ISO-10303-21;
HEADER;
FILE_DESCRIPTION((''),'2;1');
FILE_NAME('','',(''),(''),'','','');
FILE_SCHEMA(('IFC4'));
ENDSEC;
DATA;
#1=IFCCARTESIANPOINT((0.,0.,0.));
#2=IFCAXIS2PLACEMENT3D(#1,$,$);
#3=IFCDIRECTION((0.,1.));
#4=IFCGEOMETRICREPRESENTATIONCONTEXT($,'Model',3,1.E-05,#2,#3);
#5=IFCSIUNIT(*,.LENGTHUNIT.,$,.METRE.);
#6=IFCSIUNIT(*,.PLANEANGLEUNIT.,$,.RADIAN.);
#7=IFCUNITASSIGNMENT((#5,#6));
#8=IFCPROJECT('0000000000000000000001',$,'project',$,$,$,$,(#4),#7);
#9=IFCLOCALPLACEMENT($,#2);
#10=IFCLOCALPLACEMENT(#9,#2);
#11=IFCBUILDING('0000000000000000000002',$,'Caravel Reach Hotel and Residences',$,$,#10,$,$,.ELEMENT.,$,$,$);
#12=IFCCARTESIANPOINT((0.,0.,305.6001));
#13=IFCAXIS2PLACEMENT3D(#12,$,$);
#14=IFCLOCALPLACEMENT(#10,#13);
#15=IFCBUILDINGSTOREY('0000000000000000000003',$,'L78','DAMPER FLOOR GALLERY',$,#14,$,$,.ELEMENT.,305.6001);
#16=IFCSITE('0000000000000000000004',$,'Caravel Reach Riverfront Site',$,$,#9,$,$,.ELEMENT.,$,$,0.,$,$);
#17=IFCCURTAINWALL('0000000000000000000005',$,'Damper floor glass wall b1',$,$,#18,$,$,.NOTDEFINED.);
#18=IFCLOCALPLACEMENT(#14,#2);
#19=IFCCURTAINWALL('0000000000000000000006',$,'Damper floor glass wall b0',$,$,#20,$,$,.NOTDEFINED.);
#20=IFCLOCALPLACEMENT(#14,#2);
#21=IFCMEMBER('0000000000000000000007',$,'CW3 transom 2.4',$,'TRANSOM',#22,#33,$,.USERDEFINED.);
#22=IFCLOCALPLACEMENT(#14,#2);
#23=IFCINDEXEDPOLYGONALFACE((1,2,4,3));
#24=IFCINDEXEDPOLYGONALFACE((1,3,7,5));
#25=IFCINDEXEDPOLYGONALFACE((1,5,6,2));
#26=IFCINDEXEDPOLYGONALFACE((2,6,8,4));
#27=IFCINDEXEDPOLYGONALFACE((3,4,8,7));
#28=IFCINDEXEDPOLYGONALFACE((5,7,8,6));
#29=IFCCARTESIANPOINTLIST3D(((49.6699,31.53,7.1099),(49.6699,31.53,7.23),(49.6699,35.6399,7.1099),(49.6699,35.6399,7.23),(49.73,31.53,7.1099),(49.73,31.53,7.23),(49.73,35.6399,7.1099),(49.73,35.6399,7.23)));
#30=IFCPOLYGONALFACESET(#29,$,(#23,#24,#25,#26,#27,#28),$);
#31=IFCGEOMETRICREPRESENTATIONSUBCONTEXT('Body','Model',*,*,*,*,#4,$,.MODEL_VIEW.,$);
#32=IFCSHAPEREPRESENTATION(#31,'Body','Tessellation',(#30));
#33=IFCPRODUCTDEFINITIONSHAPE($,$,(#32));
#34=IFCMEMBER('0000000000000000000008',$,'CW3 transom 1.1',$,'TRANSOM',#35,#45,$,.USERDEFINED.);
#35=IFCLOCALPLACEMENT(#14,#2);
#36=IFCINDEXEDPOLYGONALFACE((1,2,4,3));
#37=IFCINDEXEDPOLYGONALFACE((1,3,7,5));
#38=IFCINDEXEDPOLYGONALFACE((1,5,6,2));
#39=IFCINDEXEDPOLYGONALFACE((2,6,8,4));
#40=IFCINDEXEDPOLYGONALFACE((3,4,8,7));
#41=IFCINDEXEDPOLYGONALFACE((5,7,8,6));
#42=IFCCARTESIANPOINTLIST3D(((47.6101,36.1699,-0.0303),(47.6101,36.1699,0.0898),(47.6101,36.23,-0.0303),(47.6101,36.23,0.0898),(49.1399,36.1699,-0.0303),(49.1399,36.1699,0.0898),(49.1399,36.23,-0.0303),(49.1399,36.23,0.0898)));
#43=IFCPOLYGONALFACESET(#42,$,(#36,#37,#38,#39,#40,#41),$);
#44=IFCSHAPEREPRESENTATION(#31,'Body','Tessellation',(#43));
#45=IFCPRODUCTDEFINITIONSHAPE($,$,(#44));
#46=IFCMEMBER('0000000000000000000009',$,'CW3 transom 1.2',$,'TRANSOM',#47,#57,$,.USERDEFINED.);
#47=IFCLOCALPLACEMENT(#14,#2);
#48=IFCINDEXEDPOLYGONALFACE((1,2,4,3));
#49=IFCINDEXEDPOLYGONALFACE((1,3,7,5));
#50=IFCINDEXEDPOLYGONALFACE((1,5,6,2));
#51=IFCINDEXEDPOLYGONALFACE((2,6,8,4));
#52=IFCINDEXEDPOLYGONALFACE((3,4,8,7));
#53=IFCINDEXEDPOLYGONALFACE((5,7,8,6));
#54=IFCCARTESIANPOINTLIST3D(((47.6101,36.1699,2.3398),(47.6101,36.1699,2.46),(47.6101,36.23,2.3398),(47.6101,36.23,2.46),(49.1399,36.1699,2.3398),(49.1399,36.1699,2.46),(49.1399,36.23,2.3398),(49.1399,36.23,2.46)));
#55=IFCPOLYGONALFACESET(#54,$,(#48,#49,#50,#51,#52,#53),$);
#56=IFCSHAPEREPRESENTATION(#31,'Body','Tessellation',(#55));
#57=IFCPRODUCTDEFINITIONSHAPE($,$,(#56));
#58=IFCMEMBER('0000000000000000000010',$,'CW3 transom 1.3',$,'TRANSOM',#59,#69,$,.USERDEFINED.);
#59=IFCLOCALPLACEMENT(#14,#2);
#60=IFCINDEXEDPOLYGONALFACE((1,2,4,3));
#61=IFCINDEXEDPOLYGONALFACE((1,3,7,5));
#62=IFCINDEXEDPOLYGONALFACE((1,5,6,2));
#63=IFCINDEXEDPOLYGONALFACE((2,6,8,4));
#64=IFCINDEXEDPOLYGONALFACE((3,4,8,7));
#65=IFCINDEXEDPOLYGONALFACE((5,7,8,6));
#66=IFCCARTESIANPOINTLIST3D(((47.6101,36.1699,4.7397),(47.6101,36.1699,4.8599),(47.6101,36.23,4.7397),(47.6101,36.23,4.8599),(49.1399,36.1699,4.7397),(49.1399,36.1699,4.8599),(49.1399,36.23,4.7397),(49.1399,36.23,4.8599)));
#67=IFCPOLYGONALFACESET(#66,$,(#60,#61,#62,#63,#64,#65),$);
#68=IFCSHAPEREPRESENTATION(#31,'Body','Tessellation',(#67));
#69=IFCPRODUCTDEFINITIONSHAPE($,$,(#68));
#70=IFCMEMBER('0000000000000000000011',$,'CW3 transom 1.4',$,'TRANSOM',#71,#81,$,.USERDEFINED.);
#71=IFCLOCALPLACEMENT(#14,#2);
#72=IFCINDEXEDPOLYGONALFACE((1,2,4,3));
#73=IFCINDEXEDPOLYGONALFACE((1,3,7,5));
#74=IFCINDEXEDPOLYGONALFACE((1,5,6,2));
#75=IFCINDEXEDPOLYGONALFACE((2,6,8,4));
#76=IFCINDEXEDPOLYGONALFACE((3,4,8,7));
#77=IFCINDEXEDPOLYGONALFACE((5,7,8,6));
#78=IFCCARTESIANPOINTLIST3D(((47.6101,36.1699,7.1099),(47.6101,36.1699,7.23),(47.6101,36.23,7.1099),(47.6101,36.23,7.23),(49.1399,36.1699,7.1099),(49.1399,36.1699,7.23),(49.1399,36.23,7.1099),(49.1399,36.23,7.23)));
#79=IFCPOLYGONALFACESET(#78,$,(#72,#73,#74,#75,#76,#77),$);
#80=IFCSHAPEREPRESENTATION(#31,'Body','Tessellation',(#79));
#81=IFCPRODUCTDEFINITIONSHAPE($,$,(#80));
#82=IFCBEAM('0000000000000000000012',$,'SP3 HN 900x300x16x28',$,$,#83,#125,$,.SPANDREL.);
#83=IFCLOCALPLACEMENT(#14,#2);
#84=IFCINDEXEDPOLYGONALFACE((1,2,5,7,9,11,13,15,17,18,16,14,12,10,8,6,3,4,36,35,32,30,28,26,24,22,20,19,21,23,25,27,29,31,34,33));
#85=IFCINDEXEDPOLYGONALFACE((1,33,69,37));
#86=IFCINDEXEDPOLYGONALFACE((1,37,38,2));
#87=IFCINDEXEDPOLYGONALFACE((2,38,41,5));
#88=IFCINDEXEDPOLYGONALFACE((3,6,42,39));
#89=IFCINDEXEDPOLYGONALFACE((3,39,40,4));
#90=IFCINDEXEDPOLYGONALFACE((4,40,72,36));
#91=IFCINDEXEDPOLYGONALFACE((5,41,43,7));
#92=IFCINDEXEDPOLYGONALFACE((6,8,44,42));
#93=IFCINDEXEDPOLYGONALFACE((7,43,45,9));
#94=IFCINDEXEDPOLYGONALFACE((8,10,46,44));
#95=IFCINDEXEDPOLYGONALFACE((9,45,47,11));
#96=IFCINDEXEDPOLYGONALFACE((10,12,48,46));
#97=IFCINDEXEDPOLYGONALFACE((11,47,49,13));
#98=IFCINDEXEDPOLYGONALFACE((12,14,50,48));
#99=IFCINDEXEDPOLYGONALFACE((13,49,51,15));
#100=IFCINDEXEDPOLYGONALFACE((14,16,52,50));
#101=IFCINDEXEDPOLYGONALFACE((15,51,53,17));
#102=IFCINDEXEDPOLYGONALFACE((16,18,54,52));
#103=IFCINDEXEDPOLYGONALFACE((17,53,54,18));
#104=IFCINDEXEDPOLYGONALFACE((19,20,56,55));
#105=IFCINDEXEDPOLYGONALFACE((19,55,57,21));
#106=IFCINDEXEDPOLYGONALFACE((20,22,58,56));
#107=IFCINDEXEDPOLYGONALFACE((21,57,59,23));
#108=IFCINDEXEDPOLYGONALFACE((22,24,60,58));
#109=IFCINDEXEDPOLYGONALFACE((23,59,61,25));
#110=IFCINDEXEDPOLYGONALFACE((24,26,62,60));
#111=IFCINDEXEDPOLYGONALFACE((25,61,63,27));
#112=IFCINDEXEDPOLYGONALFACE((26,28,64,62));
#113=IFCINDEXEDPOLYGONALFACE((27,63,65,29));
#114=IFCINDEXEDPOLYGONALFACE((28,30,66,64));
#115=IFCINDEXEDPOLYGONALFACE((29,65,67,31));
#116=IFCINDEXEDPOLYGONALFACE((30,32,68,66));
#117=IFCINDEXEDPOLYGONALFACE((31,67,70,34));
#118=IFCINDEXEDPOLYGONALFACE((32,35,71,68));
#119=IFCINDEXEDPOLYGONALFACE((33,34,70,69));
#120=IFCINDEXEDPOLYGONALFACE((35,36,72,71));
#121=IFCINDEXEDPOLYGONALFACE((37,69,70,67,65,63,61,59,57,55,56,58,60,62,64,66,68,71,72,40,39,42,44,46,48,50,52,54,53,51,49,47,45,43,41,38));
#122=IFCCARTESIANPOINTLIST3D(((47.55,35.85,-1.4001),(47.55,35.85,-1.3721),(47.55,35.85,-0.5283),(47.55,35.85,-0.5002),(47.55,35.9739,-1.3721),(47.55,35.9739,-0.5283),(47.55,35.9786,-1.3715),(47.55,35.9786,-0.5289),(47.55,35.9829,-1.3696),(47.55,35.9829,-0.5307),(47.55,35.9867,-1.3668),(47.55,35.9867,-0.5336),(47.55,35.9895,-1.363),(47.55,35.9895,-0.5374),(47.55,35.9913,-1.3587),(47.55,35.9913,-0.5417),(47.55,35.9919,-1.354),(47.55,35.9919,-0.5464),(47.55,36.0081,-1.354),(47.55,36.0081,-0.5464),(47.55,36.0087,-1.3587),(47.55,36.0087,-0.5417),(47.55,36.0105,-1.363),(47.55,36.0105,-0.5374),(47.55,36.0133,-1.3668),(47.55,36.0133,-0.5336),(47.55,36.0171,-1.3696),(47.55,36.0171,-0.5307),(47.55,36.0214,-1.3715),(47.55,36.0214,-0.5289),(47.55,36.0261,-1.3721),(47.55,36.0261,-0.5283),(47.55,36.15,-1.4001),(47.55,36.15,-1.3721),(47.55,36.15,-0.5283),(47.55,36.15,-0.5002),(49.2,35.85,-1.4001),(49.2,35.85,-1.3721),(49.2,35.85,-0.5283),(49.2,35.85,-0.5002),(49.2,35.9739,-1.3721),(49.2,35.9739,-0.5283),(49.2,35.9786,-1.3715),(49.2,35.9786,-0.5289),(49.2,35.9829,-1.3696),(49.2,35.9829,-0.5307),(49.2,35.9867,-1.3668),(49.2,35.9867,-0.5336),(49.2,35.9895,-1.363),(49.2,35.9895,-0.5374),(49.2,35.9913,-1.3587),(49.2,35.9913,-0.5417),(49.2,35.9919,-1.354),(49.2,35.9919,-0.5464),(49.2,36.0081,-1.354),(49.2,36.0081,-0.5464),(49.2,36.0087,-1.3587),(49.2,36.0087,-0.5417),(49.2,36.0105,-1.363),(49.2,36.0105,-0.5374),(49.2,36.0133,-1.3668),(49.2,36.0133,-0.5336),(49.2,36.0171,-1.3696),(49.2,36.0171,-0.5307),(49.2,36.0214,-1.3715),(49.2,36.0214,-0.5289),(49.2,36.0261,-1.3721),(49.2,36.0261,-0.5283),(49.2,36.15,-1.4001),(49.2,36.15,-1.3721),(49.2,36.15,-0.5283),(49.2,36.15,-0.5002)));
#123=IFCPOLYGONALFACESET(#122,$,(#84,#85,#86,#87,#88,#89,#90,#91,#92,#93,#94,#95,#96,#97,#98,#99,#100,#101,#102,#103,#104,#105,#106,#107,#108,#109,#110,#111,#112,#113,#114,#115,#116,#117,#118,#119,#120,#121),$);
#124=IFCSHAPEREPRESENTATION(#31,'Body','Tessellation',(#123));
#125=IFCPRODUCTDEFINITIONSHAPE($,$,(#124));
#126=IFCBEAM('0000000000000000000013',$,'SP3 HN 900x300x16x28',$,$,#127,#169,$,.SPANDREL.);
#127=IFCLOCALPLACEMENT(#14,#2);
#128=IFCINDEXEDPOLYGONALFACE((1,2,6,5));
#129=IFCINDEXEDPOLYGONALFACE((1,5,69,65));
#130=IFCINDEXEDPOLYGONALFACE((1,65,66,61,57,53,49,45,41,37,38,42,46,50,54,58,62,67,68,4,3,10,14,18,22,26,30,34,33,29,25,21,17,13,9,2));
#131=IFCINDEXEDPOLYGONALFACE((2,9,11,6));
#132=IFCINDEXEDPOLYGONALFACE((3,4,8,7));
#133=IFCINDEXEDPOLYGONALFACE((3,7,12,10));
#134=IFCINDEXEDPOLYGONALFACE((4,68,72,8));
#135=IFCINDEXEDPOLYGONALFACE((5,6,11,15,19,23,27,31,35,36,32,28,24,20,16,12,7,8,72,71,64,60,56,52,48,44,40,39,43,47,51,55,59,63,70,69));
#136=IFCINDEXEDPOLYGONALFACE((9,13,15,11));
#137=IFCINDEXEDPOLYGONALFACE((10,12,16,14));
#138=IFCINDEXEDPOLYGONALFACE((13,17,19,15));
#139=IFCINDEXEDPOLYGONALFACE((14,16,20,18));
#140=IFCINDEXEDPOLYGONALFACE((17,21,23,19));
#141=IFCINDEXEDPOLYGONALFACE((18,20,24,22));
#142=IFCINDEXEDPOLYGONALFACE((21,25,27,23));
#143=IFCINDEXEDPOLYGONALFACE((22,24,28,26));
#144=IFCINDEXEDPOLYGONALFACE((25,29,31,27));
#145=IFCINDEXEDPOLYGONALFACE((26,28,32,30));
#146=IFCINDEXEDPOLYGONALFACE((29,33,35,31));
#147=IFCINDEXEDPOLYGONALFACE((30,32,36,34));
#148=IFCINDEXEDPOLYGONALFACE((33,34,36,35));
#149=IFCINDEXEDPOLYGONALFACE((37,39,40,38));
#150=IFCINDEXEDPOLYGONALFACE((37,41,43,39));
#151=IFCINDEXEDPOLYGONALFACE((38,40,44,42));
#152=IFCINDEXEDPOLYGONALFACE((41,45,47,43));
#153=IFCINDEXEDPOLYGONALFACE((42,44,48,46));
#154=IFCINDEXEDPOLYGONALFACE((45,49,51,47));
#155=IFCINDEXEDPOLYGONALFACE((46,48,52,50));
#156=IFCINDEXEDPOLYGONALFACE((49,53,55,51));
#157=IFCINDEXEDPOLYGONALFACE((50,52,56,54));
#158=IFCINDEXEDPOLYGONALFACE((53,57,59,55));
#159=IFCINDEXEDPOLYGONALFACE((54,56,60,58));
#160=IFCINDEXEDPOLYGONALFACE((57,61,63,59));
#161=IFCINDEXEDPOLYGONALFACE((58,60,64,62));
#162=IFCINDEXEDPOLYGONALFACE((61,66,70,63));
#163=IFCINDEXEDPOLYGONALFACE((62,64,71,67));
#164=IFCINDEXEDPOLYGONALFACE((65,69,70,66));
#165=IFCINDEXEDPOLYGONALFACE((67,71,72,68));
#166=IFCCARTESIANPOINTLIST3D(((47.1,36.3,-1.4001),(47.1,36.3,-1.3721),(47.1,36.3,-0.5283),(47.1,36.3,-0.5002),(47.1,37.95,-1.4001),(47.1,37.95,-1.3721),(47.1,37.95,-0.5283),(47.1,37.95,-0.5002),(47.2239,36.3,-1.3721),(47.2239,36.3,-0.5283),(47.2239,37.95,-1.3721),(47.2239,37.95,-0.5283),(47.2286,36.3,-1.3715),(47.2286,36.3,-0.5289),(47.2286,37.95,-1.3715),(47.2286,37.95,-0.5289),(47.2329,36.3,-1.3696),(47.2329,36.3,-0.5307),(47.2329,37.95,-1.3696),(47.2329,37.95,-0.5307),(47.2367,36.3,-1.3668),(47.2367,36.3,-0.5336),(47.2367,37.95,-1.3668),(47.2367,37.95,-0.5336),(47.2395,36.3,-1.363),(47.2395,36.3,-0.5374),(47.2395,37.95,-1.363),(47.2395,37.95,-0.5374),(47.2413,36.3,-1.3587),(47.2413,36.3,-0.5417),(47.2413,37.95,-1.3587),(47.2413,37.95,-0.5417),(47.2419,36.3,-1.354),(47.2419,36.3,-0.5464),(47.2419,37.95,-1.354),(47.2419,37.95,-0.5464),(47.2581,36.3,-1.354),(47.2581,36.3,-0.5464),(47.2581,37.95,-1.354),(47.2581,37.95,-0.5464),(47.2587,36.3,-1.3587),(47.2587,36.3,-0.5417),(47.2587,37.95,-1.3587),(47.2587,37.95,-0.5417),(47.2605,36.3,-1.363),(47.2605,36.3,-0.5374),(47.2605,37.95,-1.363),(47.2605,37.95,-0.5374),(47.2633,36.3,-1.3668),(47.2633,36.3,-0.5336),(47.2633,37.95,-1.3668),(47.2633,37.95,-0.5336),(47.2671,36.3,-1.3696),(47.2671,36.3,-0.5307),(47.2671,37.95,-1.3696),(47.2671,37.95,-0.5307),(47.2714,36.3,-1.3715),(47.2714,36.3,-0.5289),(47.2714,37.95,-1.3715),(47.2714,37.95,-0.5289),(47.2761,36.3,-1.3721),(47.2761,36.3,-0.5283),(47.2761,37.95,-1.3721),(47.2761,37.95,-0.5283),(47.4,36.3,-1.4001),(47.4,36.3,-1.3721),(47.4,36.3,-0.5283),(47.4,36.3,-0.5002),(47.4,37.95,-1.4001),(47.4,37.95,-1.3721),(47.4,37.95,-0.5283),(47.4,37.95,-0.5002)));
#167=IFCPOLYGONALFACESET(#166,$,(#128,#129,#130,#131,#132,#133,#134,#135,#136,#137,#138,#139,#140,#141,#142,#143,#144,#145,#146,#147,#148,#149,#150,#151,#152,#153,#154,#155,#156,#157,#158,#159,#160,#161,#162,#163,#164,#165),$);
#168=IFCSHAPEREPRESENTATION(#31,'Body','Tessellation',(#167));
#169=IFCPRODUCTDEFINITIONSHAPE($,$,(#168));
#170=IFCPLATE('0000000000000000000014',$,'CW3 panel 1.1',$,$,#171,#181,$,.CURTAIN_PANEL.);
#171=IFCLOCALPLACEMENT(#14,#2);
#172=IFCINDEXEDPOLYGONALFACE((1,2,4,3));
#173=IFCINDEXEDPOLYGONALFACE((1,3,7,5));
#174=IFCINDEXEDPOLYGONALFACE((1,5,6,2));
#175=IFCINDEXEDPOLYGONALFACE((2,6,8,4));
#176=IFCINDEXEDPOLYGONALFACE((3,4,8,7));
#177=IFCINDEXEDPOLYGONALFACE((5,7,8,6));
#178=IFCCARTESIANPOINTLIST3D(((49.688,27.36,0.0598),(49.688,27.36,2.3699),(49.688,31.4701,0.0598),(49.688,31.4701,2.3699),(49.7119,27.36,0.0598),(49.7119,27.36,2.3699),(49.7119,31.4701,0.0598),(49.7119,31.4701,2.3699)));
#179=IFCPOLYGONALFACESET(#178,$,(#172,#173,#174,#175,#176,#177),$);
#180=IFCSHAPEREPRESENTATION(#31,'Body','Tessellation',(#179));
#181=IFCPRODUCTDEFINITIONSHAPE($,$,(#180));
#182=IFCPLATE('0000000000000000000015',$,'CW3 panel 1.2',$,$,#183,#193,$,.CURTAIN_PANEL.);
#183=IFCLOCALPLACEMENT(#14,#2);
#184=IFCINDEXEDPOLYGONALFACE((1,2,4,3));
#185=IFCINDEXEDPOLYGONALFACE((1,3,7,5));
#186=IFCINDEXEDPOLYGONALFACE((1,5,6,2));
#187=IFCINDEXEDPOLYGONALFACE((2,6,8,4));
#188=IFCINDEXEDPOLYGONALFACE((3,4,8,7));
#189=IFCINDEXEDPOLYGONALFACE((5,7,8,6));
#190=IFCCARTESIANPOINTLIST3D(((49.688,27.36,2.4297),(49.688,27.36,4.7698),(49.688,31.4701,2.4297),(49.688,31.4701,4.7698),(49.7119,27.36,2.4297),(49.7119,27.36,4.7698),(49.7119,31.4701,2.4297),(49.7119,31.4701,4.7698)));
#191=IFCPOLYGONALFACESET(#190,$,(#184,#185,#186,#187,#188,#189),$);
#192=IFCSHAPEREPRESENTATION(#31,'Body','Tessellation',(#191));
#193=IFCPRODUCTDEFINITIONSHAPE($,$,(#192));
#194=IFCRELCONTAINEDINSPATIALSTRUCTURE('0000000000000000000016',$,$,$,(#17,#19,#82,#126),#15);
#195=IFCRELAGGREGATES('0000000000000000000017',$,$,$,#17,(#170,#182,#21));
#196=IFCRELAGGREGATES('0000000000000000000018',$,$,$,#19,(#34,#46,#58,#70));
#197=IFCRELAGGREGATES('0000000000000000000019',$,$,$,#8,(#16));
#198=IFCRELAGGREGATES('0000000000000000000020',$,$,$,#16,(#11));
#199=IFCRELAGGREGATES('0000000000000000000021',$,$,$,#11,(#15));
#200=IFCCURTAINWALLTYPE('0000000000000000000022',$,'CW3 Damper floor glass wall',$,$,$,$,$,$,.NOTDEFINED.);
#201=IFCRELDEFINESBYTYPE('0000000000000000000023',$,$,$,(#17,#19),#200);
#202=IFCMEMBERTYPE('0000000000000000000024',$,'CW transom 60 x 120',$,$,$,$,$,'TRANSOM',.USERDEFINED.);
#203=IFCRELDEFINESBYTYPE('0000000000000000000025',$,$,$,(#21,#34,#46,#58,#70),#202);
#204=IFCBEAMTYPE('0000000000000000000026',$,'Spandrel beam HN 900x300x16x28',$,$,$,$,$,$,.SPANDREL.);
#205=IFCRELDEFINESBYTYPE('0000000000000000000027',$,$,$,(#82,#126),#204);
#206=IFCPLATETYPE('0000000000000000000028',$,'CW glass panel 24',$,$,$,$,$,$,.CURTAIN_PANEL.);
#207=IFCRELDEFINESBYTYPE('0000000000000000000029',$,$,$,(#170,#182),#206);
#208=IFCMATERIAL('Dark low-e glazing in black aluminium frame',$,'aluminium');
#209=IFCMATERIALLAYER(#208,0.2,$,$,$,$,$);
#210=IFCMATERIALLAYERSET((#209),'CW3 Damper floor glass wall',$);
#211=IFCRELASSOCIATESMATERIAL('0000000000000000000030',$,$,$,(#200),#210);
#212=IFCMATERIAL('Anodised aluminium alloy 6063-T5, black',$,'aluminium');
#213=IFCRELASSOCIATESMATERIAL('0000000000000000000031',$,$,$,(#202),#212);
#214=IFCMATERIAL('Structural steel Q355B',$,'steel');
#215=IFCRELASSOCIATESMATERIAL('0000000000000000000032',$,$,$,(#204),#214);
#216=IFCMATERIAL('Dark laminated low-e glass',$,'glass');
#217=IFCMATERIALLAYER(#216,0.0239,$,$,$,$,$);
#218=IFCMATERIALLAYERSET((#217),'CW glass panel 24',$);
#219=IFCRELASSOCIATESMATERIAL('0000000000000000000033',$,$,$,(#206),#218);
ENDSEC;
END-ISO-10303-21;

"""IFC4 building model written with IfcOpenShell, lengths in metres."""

from ifc_helpers import new_model, si_unit, direction, frame, origin, origin_2d, place, context, subcontext, project, spatial, rectangle, i_section, extrude, material, layer, layer_set, material_profile, profile_set, type_object, element, aggregate, save


model = new_model("IFC4")

# Units and contexts
model_context = context("Model", 3, precision=1e-05, world=origin(), true_north=direction((0.0, 1.0)))
body_context = subcontext(model_context, "Body", "Model", "MODEL_VIEW")
ifc_project = project(units=[si_unit("LENGTHUNIT", "METRE"), si_unit("PLANEANGLEUNIT", "RADIAN")], contexts=[model_context])

# Site, building, storey
site_placement = place(None, origin())
site = spatial("IfcSite", under=ifc_project, at=site_placement, Name="Caravel Reach Riverfront Site", CompositionType="ELEMENT", RefElevation=0.0)
building_placement = place(site_placement, origin())
building = spatial("IfcBuilding", under=site, at=building_placement, Name="Caravel Reach Hotel and Residences", CompositionType="ELEMENT")
storey_placement = place(building_placement, frame((0.0, 0.0, 305.6001)))
storey = spatial("IfcBuildingStorey", under=building, at=storey_placement, Name="L78", Description="DAMPER FLOOR GALLERY", CompositionType="ELEMENT", Elevation=305.6001)

# Curtain walls
ifc_material_1 = material(Name="Dark low-e glazing in black aluminium frame", Category="aluminium")
ifc_layer_1 = layer(ifc_material_1, 0.2)
ifc_layer_set_1 = layer_set([ifc_layer_1], Name="CW3 Damper floor glass wall")
curtain_wall_type = type_object("IfcCurtainWallType", Name="CW3 Damper floor glass wall", PredefinedType="NOTDEFINED", material=ifc_layer_set_1)
curtain_wall_1_placement = place(storey_placement, origin())
curtain_wall_1 = element("IfcCurtainWall", 1, at=curtain_wall_1_placement, inside=storey, type_object=curtain_wall_type, Name="Damper floor glass wall b1", PredefinedType="NOTDEFINED")
curtain_wall_2_placement = place(storey_placement, origin())
curtain_wall_2 = element("IfcCurtainWall", 2, at=curtain_wall_2_placement, inside=storey, type_object=curtain_wall_type, Name="Damper floor glass wall b0", PredefinedType="NOTDEFINED")

# Members
ifc_material_2 = material(Name="Anodised aluminium alloy 6063-T5, black", Category="aluminium")
ifc_material_profile_1 = material_profile(ifc_material_2, rectangle(XDim=0.0601, YDim=0.1201, at=origin_2d()), Name="CW transom 60 x 120")
ifc_profile_set_1 = profile_set([ifc_material_profile_1], Name="Anodised aluminium alloy 6063-T5, black")
member_type_1 = type_object("IfcMemberType", Name="CW transom 60 x 120", ElementType="TRANSOM", PredefinedType="USERDEFINED", material=ifc_profile_set_1)
member_1_placement = place(storey_placement, frame((49.7, 31.53, 7.1699), z_axis=(0.0, 1.0, 0.0), x_axis=(-1.0, 0.0, 0.0)))
member_1 = element("IfcMember", 3, at=member_1_placement, type_object=member_type_1, Name="CW3 transom 2.4", ObjectType="TRANSOM", PredefinedType="USERDEFINED", context=body_context, shape_type="SweptSolid", body=[
    extrude(rectangle(XDim=0.0601, YDim=0.1201, at=origin_2d()), origin(), (0.0, 0.0, 1.0), 4.1099),
])
member_2_placement = place(storey_placement, frame((49.1399, 36.2, 0.0298), z_axis=(-1.0, 0.0, 0.0), x_axis=(0.0, -1.0, 0.0)))
member_2 = element("IfcMember", 4, at=member_2_placement, type_object=member_type_1, Name="CW3 transom 1.1", ObjectType="TRANSOM", PredefinedType="USERDEFINED", context=body_context, shape_type="SweptSolid", body=[
    extrude(rectangle(XDim=0.0601, YDim=0.1201, at=origin_2d()), origin(), (0.0, 0.0, 1.0), 1.5298),
])
member_3_placement = place(storey_placement, frame((49.1399, 36.2, 2.3999), z_axis=(-1.0, 0.0, 0.0), x_axis=(0.0, -1.0, 0.0)))
member_3 = element("IfcMember", 5, at=member_3_placement, type_object=member_type_1, Name="CW3 transom 1.2", ObjectType="TRANSOM", PredefinedType="USERDEFINED", context=body_context, shape_type="SweptSolid", body=[
    extrude(rectangle(XDim=0.0601, YDim=0.1201, at=origin_2d()), origin(), (0.0, 0.0, 1.0), 1.5298),
])
member_4_placement = place(storey_placement, frame((49.1399, 36.2, 4.7998), z_axis=(-1.0, 0.0, 0.0), x_axis=(0.0, -1.0, 0.0)))
member_4 = element("IfcMember", 6, at=member_4_placement, type_object=member_type_1, Name="CW3 transom 1.3", ObjectType="TRANSOM", PredefinedType="USERDEFINED", context=body_context, shape_type="SweptSolid", body=[
    extrude(rectangle(XDim=0.0601, YDim=0.1201, at=origin_2d()), origin(), (0.0, 0.0, 1.0), 1.5298),
])
member_5_placement = place(storey_placement, frame((49.1399, 36.2, 7.1699), z_axis=(-1.0, 0.0, 0.0), x_axis=(0.0, -1.0, 0.0)))
member_5 = element("IfcMember", 7, at=member_5_placement, type_object=member_type_1, Name="CW3 transom 1.4", ObjectType="TRANSOM", PredefinedType="USERDEFINED", context=body_context, shape_type="SweptSolid", body=[
    extrude(rectangle(XDim=0.0601, YDim=0.1201, at=origin_2d()), origin(), (0.0, 0.0, 1.0), 1.5298),
])

# Beams
ifc_material_3 = material(Name="Structural steel Q355B", Category="steel")
ifc_material_profile_2 = material_profile(ifc_material_3, i_section(OverallWidth=0.3, OverallDepth=0.8999, WebThickness=0.0161, FlangeThickness=0.0281, FilletRadius=0.0181, at=origin_2d()), Name="HN 900x300x16x28")
ifc_profile_set_2 = profile_set([ifc_material_profile_2], Name="Structural steel Q355B")
beam_type = type_object("IfcBeamType", Name="Spandrel beam HN 900x300x16x28", PredefinedType="SPANDREL", material=ifc_profile_set_2)
for number, where, z_axis, x_axis, name in (
    (8, (49.2, 36.0, -0.9502), (-1.0, 0.0, 0.0), (0.0, -1.0, 0.0), "SP3 HN 900x300x16x28"),
    (9, (47.25, 36.3, -0.9502), (0.0, 1.0, 0.0), (-1.0, 0.0, 0.0), "SP3 HN 900x300x16x28"),
):
    element("IfcBeam", number, at=place(storey_placement, frame(where, z_axis=z_axis, x_axis=x_axis)), inside=storey, type_object=beam_type, Name=name, PredefinedType="SPANDREL", context=body_context, shape_type="SweptSolid", body=[
        extrude(i_section(OverallWidth=0.3, OverallDepth=0.8999, WebThickness=0.0161, FlangeThickness=0.0281, FilletRadius=0.0181, at=origin_2d()), origin(), (0.0, 0.0, 1.0), 1.6499),
    ])

# Plates
ifc_material_4 = material(Name="Dark laminated low-e glass", Category="glass")
ifc_layer_2 = layer(ifc_material_4, 0.0239)
ifc_layer_set_2 = layer_set([ifc_layer_2], Name="CW glass panel 24")
plate_type = type_object("IfcPlateType", Name="CW glass panel 24", PredefinedType="CURTAIN_PANEL", material=ifc_layer_set_2)
plate_1_placement = place(storey_placement, frame((49.7, 29.415, 0.0598), z_axis=(0.0, 0.0, 1.0), x_axis=(0.0, 1.0, 0.0)))
plate_1 = element("IfcPlate", 10, at=plate_1_placement, type_object=plate_type, Name="CW3 panel 1.1", PredefinedType="CURTAIN_PANEL", context=body_context, shape_type="SweptSolid", body=[
    extrude(rectangle(XDim=4.1101, YDim=0.0239, at=origin_2d()), origin(), (0.0, 0.0, 1.0), 2.3101),
])
plate_2_placement = place(storey_placement, frame((49.7, 29.415, 2.4297), z_axis=(0.0, 0.0, 1.0), x_axis=(0.0, 1.0, 0.0)))
plate_2 = element("IfcPlate", 11, at=plate_2_placement, type_object=plate_type, Name="CW3 panel 1.2", PredefinedType="CURTAIN_PANEL", context=body_context, shape_type="SweptSolid", body=[
    extrude(rectangle(XDim=4.1101, YDim=0.0239, at=origin_2d()), origin(), (0.0, 0.0, 1.0), 2.3401),
])
aggregate(curtain_wall_1, [plate_1, plate_2, member_1])
aggregate(curtain_wall_2, [member_2, member_3, member_4, member_5])

save(model, "model.ifc")
